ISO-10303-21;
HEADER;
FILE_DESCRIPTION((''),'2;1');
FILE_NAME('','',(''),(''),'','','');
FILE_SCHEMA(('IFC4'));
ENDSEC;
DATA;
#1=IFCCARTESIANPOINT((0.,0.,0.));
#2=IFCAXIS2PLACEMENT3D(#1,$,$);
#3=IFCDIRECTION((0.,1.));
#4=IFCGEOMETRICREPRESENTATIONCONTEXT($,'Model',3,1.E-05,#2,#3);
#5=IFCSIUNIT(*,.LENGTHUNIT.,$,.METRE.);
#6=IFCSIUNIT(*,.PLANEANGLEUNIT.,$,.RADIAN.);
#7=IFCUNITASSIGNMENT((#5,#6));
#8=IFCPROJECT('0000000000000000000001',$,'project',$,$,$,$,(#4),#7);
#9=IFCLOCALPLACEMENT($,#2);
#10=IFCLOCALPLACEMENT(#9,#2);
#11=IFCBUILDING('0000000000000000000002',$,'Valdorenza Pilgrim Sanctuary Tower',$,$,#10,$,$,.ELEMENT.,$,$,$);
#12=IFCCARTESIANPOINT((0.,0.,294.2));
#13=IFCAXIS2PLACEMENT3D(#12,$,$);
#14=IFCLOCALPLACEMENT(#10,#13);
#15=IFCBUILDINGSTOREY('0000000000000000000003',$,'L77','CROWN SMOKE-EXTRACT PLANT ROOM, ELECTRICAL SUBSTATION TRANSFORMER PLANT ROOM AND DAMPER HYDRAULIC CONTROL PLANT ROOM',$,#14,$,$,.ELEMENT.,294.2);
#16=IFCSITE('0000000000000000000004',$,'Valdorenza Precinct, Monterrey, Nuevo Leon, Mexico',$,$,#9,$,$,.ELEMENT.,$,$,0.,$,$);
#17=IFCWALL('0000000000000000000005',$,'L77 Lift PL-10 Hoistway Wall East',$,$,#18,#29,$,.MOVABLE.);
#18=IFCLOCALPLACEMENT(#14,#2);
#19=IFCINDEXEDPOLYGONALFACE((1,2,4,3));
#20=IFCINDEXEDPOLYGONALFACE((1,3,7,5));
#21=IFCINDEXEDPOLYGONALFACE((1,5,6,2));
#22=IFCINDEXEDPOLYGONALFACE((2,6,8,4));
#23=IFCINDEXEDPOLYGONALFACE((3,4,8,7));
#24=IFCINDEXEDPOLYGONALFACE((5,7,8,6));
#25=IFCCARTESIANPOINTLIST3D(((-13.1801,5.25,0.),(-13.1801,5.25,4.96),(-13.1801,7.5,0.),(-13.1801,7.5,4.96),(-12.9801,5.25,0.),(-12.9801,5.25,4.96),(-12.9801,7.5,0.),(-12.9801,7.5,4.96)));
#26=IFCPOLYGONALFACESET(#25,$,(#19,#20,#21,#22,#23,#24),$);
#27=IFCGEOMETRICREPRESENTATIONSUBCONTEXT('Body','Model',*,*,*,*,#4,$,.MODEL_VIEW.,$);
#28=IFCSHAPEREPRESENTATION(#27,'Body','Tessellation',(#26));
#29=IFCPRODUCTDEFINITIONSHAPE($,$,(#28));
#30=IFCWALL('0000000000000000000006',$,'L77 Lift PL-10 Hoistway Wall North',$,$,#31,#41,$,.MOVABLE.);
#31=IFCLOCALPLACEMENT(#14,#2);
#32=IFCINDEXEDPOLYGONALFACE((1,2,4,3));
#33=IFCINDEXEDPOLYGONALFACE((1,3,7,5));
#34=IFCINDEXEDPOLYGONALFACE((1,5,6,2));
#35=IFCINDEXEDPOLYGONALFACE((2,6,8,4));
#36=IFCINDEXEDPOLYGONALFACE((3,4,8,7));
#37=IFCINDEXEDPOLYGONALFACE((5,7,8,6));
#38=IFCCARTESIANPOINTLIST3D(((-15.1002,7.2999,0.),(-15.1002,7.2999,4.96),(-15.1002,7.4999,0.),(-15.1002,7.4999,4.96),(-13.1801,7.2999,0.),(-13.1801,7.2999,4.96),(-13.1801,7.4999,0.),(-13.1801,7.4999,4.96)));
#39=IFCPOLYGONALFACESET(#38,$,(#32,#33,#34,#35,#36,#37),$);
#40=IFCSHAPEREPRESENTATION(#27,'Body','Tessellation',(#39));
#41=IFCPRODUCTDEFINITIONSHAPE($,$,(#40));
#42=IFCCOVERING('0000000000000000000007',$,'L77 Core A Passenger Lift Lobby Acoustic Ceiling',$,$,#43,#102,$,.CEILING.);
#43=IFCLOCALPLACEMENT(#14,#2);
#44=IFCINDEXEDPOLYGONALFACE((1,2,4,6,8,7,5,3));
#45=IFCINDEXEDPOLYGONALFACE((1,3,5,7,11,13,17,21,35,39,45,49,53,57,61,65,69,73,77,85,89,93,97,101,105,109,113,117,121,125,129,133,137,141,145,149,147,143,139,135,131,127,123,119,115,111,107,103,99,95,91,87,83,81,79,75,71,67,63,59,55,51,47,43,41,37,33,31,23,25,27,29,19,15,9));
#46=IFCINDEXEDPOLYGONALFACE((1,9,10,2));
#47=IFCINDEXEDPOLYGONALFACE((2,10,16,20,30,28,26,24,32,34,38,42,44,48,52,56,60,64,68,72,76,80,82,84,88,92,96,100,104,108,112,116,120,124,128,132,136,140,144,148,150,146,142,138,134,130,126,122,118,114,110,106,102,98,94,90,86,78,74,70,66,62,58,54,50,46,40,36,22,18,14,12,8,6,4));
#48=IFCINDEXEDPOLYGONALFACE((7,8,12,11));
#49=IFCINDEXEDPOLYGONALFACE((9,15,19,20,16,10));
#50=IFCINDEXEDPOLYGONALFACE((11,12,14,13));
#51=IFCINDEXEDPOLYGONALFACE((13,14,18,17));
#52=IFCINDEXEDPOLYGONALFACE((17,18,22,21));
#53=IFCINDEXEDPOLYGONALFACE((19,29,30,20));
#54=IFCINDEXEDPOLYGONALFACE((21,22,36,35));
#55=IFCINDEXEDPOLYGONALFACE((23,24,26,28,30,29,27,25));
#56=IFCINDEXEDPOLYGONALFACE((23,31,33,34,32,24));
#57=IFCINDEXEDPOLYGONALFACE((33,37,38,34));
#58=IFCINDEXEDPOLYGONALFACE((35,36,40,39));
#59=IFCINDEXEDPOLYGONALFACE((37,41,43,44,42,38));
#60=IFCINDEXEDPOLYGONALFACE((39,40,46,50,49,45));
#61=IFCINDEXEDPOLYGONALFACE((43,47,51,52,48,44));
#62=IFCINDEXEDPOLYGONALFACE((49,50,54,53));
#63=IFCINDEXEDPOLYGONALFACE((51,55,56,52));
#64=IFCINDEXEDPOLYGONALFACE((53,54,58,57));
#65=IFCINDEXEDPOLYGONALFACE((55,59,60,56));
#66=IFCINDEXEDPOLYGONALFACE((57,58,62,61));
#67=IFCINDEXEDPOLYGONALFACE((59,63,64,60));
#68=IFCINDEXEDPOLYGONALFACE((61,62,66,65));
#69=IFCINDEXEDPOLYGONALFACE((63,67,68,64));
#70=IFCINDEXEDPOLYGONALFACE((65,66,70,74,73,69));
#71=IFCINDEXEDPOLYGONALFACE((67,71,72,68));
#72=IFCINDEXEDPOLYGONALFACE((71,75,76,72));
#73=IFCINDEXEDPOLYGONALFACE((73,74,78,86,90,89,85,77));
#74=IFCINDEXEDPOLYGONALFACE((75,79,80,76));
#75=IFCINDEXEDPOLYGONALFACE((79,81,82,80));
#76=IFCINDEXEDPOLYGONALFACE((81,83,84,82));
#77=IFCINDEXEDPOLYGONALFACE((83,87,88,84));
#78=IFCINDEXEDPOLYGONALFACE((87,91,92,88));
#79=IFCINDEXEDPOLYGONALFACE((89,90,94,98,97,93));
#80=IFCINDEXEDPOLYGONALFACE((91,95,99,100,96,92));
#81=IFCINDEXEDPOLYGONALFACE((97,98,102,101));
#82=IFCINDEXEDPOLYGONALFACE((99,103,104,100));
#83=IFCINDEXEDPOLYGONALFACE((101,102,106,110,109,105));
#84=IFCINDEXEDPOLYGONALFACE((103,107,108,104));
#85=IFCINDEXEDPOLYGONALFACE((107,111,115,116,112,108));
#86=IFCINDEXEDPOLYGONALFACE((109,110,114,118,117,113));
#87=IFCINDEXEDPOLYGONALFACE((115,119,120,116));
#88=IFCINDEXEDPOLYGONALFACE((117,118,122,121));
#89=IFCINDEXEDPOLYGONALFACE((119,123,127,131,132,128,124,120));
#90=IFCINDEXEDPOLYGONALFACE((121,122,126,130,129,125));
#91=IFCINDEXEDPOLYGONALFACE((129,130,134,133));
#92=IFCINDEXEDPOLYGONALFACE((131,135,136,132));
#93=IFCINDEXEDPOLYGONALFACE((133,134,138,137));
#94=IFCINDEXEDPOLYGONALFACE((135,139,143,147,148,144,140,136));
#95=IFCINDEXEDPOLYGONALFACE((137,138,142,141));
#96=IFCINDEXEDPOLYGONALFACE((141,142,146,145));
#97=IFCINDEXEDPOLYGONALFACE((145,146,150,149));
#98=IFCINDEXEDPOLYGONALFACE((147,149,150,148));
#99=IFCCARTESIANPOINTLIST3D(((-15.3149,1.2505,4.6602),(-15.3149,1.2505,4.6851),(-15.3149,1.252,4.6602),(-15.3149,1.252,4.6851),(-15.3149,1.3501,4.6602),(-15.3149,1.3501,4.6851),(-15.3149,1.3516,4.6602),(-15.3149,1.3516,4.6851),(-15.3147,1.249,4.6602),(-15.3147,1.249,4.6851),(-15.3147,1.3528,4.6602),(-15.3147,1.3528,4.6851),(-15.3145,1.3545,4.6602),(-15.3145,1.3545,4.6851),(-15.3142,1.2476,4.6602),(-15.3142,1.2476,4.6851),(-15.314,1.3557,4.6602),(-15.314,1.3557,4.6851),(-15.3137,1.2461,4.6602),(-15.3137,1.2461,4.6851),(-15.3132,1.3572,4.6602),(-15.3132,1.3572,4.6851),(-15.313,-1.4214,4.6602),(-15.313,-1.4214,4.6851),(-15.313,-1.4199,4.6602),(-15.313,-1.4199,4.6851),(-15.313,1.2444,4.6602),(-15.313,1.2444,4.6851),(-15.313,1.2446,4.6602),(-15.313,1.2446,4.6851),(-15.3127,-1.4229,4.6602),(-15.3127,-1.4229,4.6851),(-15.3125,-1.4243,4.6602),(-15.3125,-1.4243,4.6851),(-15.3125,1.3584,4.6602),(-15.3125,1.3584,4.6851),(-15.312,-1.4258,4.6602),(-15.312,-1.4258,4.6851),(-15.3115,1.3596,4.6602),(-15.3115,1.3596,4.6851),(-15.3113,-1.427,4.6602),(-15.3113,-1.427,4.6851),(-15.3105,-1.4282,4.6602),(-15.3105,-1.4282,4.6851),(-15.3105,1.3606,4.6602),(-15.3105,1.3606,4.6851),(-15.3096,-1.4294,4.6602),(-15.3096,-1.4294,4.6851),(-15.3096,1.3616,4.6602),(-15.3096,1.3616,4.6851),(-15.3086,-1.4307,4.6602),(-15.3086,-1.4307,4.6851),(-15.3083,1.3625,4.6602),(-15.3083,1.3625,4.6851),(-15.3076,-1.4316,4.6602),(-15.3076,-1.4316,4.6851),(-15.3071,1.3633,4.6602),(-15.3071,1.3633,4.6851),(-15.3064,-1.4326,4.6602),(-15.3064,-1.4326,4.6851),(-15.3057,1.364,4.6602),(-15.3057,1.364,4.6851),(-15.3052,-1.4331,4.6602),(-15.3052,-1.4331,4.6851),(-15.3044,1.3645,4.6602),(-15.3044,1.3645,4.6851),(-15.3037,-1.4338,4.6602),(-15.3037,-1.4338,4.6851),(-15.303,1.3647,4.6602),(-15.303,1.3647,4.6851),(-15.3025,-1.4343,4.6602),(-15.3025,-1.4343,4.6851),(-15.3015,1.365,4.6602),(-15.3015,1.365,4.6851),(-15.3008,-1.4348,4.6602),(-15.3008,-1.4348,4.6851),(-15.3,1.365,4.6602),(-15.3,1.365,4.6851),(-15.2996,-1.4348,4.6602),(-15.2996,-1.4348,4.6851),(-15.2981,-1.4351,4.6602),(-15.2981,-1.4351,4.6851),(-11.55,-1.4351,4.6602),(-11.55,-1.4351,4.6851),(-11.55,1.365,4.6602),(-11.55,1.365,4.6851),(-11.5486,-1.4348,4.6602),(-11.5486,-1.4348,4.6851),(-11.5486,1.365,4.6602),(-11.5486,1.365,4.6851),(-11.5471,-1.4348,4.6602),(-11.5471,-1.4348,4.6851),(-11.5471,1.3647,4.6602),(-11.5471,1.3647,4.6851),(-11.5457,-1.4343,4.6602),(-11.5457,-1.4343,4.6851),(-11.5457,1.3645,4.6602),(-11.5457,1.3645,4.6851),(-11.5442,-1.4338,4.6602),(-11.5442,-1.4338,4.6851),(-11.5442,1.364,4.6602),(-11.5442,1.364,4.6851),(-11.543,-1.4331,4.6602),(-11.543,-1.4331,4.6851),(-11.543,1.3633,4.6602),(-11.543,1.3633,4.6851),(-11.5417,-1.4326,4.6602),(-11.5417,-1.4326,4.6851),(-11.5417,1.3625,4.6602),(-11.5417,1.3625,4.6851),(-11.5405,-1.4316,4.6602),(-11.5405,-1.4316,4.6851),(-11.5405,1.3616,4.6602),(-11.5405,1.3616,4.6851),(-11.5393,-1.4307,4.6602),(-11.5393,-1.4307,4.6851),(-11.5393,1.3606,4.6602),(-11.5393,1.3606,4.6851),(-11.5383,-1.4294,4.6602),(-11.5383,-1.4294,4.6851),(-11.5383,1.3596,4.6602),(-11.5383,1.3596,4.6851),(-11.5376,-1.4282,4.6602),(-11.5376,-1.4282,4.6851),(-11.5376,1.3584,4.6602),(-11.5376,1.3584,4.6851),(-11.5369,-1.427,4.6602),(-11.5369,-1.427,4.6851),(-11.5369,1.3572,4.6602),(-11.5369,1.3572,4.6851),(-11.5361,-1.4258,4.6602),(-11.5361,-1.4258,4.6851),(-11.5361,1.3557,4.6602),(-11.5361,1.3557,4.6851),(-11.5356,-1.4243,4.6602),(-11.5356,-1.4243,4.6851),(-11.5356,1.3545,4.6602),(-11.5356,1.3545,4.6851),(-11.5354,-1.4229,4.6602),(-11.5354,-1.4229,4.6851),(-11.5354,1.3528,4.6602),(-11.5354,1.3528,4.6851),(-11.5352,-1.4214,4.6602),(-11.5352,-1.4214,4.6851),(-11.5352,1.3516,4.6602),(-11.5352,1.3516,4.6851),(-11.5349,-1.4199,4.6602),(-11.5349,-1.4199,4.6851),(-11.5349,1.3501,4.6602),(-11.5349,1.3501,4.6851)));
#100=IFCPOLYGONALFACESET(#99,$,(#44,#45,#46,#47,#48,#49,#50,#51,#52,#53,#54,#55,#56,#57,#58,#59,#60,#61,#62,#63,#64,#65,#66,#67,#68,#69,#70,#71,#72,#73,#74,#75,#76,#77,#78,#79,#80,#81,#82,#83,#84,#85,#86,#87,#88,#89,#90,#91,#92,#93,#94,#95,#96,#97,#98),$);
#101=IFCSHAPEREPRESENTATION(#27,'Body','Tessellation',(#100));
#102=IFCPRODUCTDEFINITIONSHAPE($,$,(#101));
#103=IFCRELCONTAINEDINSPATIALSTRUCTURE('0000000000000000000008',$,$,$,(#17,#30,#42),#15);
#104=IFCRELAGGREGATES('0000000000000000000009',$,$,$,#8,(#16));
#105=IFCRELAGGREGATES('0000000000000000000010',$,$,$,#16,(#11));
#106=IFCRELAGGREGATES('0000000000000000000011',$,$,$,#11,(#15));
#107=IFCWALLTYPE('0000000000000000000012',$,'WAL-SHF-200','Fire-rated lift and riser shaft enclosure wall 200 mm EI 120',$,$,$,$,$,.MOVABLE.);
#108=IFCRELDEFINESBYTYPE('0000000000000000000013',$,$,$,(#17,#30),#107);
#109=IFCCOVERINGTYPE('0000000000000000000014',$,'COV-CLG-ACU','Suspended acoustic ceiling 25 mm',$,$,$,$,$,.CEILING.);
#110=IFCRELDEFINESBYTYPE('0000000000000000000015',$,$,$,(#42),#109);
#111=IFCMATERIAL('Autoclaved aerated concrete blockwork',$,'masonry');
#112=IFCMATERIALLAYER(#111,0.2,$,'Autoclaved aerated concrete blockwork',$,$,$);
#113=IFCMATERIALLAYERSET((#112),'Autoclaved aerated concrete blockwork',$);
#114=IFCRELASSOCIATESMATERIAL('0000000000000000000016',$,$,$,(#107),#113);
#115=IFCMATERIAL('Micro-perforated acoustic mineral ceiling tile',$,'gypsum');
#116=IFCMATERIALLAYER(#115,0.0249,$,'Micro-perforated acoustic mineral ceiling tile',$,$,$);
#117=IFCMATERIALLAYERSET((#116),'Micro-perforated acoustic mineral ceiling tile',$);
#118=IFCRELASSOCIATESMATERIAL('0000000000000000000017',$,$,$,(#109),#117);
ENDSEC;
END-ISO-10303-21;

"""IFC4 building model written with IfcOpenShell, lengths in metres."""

from ifc_helpers import new_model, si_unit, direction, frame, frame_2d, origin, place, context, subcontext, project, spatial, polyline, rectangle, outline, extrude, material, layer, layer_set, type_object, element, save


model = new_model("IFC4")

# Units and contexts
model_context = context("Model", 3, precision=1e-05, world=origin(), true_north=direction((0.0, 1.0)))
body_context = subcontext(model_context, "Body", "Model", "MODEL_VIEW")
ifc_project = project(units=[si_unit("LENGTHUNIT", "METRE"), si_unit("PLANEANGLEUNIT", "RADIAN")], contexts=[model_context])

# Site, building, storey
site_placement = place(None, origin())
site = spatial("IfcSite", under=ifc_project, at=site_placement, Name="Valdorenza Precinct, Monterrey, Nuevo Leon, Mexico", CompositionType="ELEMENT", RefElevation=0.0)
building_placement = place(site_placement, origin())
building = spatial("IfcBuilding", under=site, at=building_placement, Name="Valdorenza Pilgrim Sanctuary Tower", CompositionType="ELEMENT")
storey_placement = place(building_placement, frame((0.0, 0.0, 294.2)))
storey = spatial("IfcBuildingStorey", under=building, at=storey_placement, Name="L77", Description="CROWN SMOKE-EXTRACT PLANT ROOM, ELECTRICAL SUBSTATION TRANSFORMER PLANT ROOM AND DAMPER HYDRAULIC CONTROL PLANT ROOM", CompositionType="ELEMENT", Elevation=294.2)

# Walls
ifc_material_1 = material(Name="Autoclaved aerated concrete blockwork", Category="masonry")
ifc_layer_1 = layer(ifc_material_1, 0.2, Name="Autoclaved aerated concrete blockwork")
ifc_layer_set_1 = layer_set([ifc_layer_1], Name="Autoclaved aerated concrete blockwork")
wall_type_1 = type_object("IfcWallType", Name="WAL-SHF-200", Description="Fire-rated lift and riser shaft enclosure wall 200 mm EI 120", PredefinedType="MOVABLE", material=ifc_layer_set_1)
for number, where, z_axis, x_axis, name in (
    (1, (-13.0801, 5.25, 0.0), (0.0, 0.0, 1.0), (0.0, 1.0, 0.0), "L77 Lift PL-10 Hoistway Wall East"),
):
    element("IfcWall", number, at=place(storey_placement, frame(where, z_axis=z_axis, x_axis=x_axis)), inside=storey, type_object=wall_type_1, Name=name, PredefinedType="MOVABLE", context=body_context, shape_type="SweptSolid", body=[
        extrude(rectangle(XDim=2.25, YDim=0.2, at=frame_2d((1.125, 0.0))), origin(), (0.0, 0.0, 1.0), 4.96),
    ])
wall_1_placement = place(storey_placement, frame((-15.1001, 7.3999, 0.0), z_axis=(0.0, 0.0, 1.0), x_axis=(1.0, 0.0, 0.0)))
element("IfcWall", 2, at=wall_1_placement, inside=storey, type_object=wall_type_1, Name="L77 Lift PL-10 Hoistway Wall North", PredefinedType="MOVABLE", context=body_context, shape_type="SweptSolid", body=[
    extrude(rectangle(XDim=1.9202, YDim=0.2, at=frame_2d((0.96, 0.0))), origin(), (0.0, 0.0, 1.0), 4.96),
])

# Covering
ifc_material_2 = material(Name="Micro-perforated acoustic mineral ceiling tile", Category="gypsum")
ifc_layer_2 = layer(ifc_material_2, 0.0249, Name="Micro-perforated acoustic mineral ceiling tile")
ifc_layer_set_2 = layer_set([ifc_layer_2], Name="Micro-perforated acoustic mineral ceiling tile")
covering_type = type_object("IfcCoveringType", Name="COV-CLG-ACU", Description="Suspended acoustic ceiling 25 mm", PredefinedType="CEILING", material=ifc_layer_set_2)
covering_placement = place(storey_placement, frame((0.0, 0.0, 4.6602)))
element("IfcCovering", 3, at=covering_placement, inside=storey, type_object=covering_type, Name="L77 Core A Passenger Lift Lobby Acoustic Ceiling", PredefinedType="CEILING", context=body_context, shape_type="SweptSolid", body=[
    extrude(outline(polyline([(-15.3149, 1.3501), (-15.3149, 1.3516), (-15.3147, 1.3528), (-15.3145, 1.3545), (-15.314, 1.3557), (-15.3132, 1.3572), (-15.3125, 1.3584), (-15.3115, 1.3596), (-15.3105, 1.3606), (-15.3096, 1.3616), (-15.3083, 1.3625), (-15.3071, 1.3633), (-15.3057, 1.364), (-15.3044, 1.3645), (-15.303, 1.3647), (-15.3015, 1.365), (-15.3, 1.365), (-11.55, 1.365), (-11.5486, 1.365), (-11.5471, 1.3647), (-11.5457, 1.3645), (-11.5442, 1.364), (-11.543, 1.3633), (-11.5417, 1.3625), (-11.5405, 1.3616), (-11.5393, 1.3606), (-11.5383, 1.3596), (-11.5376, 1.3584), (-11.5369, 1.3572), (-11.5361, 1.3557), (-11.5356, 1.3545), (-11.5354, 1.3528), (-11.5352, 1.3516), (-11.5349, 1.3501), (-11.5349, -1.4199), (-11.5352, -1.4214), (-11.5354, -1.4229), (-11.5356, -1.4243), (-11.5361, -1.4258), (-11.5369, -1.427), (-11.5376, -1.4282), (-11.5383, -1.4294), (-11.5393, -1.4307), (-11.5405, -1.4316), (-11.5417, -1.4326), (-11.543, -1.4331), (-11.5442, -1.4338), (-11.5457, -1.4343), (-11.5471, -1.4348), (-11.5486, -1.4348), (-11.55, -1.4351), (-15.2981, -1.4351), (-15.2996, -1.4348), (-15.3008, -1.4348), (-15.3025, -1.4343), (-15.3037, -1.4338), (-15.3052, -1.4331), (-15.3064, -1.4326), (-15.3076, -1.4316), (-15.3086, -1.4307), (-15.3096, -1.4294), (-15.3105, -1.4282), (-15.3113, -1.427), (-15.312, -1.4258), (-15.3125, -1.4243), (-15.3127, -1.4229), (-15.313, -1.4214), (-15.313, -1.4199), (-15.313, 1.2444), (-15.313, 1.2446), (-15.3137, 1.2461), (-15.3142, 1.2476), (-15.3147, 1.249), (-15.3149, 1.2505), (-15.3149, 1.252), (-15.3149, 1.3501)])), origin(), (0.0, 0.0, 1.0), 0.0249),
])

save(model, "model.ifc")
